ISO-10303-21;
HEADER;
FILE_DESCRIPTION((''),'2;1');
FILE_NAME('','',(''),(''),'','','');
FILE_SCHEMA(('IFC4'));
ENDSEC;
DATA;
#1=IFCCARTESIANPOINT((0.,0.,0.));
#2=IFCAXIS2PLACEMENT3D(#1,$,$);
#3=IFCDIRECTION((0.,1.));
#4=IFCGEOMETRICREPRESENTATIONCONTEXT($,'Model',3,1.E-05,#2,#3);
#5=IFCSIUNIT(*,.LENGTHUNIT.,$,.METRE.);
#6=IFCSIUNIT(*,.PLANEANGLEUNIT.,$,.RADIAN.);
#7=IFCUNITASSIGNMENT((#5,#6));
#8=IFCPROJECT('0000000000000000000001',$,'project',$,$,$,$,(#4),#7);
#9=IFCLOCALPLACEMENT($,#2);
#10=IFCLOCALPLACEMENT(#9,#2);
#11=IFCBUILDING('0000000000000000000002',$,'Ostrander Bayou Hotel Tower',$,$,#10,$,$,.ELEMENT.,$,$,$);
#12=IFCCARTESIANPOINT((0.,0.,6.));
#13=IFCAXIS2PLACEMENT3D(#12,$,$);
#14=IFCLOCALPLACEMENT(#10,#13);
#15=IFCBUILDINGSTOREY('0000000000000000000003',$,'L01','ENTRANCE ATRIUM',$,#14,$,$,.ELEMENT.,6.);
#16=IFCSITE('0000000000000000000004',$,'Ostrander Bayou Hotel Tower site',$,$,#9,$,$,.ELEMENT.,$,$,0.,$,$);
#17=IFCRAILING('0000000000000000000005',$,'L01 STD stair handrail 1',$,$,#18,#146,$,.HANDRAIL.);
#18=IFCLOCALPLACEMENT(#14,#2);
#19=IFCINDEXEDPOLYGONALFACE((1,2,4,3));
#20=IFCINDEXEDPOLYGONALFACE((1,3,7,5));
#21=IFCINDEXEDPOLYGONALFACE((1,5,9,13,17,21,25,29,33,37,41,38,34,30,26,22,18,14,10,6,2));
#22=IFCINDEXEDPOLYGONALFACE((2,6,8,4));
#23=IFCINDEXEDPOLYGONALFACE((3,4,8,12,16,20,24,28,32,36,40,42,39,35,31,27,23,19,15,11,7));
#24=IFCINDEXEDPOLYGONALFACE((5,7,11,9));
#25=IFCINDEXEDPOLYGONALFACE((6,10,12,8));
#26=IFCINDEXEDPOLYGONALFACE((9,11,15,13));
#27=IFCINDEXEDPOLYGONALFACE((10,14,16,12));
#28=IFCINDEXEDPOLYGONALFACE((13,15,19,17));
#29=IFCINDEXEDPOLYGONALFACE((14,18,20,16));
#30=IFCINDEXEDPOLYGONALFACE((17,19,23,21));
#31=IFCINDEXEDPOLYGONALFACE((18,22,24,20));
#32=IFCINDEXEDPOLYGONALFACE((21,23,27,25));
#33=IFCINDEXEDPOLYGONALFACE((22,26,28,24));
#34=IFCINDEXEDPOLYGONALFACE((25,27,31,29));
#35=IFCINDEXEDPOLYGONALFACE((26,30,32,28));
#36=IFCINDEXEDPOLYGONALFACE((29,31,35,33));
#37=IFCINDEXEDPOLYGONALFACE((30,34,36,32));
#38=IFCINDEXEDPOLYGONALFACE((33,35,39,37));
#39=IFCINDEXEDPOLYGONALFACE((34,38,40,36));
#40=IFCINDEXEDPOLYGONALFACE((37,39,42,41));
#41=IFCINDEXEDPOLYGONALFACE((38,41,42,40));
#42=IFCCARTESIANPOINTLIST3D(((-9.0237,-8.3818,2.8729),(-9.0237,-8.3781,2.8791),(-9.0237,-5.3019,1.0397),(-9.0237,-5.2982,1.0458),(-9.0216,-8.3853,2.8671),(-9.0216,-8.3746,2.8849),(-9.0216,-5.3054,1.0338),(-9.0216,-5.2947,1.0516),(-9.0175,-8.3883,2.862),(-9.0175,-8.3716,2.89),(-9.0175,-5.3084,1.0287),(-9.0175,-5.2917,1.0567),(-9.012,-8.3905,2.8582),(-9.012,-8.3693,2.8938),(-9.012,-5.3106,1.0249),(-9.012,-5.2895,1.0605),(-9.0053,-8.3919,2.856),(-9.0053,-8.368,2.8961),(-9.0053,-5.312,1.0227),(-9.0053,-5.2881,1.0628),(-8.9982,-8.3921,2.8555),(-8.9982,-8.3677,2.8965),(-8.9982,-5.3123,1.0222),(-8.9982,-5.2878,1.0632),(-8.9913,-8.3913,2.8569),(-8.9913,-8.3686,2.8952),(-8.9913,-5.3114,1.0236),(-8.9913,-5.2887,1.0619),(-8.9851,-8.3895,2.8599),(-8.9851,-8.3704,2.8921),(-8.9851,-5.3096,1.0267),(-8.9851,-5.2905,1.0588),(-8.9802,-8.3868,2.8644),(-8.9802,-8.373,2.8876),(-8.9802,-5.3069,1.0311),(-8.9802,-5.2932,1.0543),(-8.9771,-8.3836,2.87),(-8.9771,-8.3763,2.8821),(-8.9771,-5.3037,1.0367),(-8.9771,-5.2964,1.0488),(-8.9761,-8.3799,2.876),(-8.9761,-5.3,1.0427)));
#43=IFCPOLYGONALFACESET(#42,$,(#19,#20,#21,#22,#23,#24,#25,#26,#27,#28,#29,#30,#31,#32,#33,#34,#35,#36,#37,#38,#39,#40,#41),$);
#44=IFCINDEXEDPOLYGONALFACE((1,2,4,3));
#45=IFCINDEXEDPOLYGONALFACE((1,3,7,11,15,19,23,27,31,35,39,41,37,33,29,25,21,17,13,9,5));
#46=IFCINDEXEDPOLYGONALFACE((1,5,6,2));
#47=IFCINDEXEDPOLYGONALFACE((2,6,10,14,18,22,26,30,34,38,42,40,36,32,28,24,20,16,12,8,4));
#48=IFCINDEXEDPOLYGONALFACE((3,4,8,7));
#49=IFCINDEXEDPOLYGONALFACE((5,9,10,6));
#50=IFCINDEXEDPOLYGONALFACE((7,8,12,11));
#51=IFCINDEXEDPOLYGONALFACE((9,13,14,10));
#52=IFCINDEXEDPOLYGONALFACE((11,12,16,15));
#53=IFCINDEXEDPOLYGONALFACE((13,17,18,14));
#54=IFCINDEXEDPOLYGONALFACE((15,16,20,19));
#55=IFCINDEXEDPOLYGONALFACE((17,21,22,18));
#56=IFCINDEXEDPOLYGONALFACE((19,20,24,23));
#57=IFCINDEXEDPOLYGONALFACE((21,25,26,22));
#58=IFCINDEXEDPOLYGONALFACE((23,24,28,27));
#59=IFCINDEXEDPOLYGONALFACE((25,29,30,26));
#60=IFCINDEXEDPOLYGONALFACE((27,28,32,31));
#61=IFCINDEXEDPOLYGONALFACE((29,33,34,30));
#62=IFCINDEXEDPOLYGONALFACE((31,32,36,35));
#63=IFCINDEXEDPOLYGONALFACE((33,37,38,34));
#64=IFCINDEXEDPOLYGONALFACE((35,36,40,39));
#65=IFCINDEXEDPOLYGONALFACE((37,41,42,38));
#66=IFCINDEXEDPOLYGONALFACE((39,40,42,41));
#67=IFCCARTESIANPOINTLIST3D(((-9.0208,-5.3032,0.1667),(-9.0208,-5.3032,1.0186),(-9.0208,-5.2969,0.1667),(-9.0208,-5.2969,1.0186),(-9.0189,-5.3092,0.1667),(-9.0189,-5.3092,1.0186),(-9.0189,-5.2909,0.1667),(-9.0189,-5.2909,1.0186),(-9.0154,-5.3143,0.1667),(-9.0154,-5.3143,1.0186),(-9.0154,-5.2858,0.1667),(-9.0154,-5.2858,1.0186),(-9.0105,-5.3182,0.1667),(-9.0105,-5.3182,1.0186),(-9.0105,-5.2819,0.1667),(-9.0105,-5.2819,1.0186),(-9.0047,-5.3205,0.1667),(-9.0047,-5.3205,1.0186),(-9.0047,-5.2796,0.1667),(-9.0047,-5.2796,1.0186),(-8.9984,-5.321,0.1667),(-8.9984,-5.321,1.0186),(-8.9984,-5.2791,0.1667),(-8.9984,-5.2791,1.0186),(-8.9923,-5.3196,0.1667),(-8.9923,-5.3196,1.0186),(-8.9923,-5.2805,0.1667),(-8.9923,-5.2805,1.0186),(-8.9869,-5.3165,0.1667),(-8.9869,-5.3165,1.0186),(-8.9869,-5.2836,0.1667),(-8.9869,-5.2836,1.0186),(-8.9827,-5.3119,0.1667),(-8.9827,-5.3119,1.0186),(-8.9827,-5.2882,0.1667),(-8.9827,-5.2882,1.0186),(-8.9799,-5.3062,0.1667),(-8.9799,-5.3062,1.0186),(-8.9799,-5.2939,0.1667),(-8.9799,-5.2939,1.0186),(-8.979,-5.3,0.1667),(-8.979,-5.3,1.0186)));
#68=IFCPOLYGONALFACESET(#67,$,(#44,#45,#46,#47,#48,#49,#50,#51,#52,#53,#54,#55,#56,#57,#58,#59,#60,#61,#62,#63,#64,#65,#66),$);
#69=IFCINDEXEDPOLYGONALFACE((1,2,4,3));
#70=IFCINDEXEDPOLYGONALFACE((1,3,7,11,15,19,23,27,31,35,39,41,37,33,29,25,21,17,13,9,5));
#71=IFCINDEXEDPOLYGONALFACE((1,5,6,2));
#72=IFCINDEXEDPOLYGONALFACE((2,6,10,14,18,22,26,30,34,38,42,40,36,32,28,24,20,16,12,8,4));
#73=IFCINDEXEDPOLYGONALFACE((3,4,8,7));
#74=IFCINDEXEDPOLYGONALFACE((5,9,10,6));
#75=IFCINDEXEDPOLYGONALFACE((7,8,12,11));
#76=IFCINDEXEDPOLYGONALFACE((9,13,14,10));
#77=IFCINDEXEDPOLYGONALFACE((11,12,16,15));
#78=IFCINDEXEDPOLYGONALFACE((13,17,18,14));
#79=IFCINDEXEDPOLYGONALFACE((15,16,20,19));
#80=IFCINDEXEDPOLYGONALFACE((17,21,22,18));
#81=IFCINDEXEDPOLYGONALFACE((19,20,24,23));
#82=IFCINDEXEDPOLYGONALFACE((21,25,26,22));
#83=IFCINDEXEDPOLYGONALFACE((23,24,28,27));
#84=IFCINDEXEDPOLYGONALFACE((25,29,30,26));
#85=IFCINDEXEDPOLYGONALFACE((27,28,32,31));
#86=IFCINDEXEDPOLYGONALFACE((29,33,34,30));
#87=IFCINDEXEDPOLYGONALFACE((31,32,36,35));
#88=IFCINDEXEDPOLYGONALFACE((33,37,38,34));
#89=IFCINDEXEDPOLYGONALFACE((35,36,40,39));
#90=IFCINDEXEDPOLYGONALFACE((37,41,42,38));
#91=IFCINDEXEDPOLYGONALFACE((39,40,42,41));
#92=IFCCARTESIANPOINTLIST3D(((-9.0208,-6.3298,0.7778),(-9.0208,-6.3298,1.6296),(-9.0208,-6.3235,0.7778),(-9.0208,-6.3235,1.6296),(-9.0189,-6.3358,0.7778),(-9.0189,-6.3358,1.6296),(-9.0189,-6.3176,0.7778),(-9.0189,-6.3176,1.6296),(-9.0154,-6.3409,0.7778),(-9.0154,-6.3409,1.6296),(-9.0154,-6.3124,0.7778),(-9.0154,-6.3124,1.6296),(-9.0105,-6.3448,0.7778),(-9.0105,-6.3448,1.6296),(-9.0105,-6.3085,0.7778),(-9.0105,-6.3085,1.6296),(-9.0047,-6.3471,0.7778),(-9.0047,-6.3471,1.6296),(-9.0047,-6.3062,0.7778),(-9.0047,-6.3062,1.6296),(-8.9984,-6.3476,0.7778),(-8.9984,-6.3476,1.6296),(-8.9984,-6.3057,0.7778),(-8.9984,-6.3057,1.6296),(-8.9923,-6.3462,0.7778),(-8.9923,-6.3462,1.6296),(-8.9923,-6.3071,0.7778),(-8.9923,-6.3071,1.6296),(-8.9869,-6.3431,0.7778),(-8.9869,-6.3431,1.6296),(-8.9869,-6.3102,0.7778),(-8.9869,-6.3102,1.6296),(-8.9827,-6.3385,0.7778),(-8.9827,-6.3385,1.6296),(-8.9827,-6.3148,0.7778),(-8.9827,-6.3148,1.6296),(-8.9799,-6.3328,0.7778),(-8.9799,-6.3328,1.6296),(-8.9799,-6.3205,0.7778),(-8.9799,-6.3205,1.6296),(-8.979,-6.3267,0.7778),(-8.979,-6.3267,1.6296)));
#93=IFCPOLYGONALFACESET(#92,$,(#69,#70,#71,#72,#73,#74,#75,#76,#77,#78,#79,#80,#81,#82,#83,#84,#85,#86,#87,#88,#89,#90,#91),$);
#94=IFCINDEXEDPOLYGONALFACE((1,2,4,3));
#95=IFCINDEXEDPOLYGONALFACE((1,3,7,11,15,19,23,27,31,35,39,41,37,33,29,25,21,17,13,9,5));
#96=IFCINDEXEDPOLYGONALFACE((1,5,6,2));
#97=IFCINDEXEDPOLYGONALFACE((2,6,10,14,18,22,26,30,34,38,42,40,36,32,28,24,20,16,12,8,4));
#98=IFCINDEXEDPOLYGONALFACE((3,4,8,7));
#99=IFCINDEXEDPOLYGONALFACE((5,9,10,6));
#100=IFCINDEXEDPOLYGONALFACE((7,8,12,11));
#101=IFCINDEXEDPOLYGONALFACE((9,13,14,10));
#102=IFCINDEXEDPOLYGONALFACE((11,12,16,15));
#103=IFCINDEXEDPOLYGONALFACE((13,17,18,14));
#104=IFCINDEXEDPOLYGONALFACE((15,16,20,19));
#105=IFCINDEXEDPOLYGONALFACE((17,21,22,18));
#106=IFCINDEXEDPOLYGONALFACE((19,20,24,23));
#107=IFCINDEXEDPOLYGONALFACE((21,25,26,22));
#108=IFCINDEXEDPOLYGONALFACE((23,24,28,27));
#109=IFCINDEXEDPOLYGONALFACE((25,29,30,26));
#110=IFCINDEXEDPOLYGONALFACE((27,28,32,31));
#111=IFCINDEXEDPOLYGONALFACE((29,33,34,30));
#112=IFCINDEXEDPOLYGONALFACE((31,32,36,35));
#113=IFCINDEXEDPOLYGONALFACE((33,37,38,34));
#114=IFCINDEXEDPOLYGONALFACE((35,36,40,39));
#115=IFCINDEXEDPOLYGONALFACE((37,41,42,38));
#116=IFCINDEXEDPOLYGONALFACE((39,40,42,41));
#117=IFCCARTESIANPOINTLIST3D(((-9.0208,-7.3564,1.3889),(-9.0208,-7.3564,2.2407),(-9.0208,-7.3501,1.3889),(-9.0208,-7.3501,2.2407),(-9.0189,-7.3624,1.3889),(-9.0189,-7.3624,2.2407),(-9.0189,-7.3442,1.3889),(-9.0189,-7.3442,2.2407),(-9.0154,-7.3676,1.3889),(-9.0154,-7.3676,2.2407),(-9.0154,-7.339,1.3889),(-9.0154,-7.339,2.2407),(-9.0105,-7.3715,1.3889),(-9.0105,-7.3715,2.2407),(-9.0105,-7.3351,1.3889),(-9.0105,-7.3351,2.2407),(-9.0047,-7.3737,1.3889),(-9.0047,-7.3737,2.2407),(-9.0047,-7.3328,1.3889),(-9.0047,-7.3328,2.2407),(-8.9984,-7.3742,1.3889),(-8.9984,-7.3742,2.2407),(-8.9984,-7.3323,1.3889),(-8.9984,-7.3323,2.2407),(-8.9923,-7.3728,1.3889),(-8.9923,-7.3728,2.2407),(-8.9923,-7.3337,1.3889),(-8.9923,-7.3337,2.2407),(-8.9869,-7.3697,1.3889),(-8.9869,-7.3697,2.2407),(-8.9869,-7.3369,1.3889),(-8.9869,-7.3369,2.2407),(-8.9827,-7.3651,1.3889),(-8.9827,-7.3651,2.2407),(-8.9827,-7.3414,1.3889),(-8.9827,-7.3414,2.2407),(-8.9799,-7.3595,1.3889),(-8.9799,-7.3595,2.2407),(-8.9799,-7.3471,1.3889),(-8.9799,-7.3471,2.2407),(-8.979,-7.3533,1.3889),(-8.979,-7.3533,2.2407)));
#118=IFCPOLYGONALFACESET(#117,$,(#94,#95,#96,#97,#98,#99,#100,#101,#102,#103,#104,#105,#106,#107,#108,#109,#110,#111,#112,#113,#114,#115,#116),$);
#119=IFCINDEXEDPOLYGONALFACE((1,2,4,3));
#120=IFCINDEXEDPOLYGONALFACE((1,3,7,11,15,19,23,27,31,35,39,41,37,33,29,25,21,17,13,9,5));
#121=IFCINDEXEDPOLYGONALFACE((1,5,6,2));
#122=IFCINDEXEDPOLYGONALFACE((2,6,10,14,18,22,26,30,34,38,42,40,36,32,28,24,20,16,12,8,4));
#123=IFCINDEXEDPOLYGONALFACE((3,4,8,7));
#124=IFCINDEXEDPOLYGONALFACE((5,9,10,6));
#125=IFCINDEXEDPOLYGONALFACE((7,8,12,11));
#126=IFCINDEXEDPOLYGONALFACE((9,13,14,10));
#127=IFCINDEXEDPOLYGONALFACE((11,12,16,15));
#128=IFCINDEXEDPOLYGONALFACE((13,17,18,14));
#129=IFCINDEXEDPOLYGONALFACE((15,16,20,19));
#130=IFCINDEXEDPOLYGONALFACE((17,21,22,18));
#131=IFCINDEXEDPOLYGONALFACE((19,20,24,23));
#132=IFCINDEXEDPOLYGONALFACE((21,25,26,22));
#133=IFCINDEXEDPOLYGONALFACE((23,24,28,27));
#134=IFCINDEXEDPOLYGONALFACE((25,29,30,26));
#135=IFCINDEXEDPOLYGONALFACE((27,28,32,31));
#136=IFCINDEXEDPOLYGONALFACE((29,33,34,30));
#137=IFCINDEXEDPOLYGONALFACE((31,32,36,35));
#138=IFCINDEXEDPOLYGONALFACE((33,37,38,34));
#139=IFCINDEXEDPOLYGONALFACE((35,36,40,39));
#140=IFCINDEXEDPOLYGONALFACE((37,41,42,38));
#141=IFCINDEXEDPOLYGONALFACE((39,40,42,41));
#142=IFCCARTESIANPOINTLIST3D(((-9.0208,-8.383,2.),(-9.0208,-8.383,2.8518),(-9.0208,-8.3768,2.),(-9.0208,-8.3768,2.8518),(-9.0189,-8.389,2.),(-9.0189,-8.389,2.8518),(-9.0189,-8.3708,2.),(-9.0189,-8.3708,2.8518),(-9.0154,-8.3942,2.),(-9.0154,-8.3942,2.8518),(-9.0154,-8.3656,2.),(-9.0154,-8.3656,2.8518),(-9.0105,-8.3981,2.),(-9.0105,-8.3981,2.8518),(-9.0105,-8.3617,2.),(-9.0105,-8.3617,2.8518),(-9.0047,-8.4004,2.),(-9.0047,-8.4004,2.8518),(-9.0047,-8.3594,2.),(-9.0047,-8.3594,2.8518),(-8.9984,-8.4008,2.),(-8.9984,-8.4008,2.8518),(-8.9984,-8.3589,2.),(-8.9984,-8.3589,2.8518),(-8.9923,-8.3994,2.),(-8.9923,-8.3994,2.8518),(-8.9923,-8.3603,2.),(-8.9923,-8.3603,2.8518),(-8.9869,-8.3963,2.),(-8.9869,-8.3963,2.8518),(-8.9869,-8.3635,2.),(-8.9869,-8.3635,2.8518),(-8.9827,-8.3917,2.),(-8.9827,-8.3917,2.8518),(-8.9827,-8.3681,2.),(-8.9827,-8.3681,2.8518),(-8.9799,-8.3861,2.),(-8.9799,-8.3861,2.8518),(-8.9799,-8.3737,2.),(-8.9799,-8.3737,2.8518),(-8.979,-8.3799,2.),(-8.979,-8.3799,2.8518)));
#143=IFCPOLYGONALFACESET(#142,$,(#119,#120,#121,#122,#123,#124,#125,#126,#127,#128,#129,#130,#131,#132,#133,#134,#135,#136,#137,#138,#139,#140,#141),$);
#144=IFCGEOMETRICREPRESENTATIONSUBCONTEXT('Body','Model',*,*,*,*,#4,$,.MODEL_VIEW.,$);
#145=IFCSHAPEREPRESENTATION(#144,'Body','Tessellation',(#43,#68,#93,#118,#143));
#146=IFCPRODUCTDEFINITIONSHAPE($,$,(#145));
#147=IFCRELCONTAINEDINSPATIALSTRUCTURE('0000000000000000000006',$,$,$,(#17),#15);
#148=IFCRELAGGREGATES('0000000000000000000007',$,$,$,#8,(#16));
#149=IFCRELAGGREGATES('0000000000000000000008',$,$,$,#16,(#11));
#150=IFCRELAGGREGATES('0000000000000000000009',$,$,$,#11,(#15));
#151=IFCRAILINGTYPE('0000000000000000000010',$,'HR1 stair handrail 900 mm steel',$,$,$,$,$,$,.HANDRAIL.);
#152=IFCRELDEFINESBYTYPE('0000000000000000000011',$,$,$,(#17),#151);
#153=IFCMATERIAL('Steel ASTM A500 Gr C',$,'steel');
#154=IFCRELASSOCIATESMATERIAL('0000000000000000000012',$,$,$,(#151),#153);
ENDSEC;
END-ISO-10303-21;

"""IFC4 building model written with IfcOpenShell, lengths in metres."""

from ifc_helpers import new_model, si_unit, direction, frame, origin, origin_2d, place, context, subcontext, project, spatial, circle, extrude, material, type_object, element, save


model = new_model("IFC4")

# Units and contexts
model_context = context("Model", 3, precision=1e-05, world=origin(), true_north=direction((0.0, 1.0)))
body_context = subcontext(model_context, "Body", "Model", "MODEL_VIEW")
ifc_project = project(units=[si_unit("LENGTHUNIT", "METRE"), si_unit("PLANEANGLEUNIT", "RADIAN")], contexts=[model_context])

# Site, building, storey
site_placement = place(None, origin())
site = spatial("IfcSite", under=ifc_project, at=site_placement, Name="Ostrander Bayou Hotel Tower site", CompositionType="ELEMENT", RefElevation=0.0)
building_placement = place(site_placement, origin())
building = spatial("IfcBuilding", under=site, at=building_placement, Name="Ostrander Bayou Hotel Tower", CompositionType="ELEMENT")
storey_placement = place(building_placement, frame((0.0, 0.0, 6.0)))
storey = spatial("IfcBuildingStorey", under=building, at=storey_placement, Name="L01", Description="ENTRANCE ATRIUM", CompositionType="ELEMENT", Elevation=6.0)

# Railing
ifc_material_1 = material(Name="Steel ASTM A500 Gr C", Category="steel")
railing_type_1 = type_object("IfcRailingType", Name="HR1 stair handrail 900 mm steel", PredefinedType="HANDRAIL", material=ifc_material_1)
railing_1_placement = place(storey_placement, frame((-9.0, -5.3, 0.1667)))
element("IfcRailing", 1, at=railing_1_placement, inside=storey, type_object=railing_type_1, Name="L01 STD stair handrail 1", PredefinedType="HANDRAIL", context=body_context, shape_type="SweptSolid", body=[
    extrude(circle(Radius=0.0239, at=origin_2d()), frame((0.0, 0.0, 0.876), z_axis=(0.0, -0.859291, 0.511487), x_axis=(1.0, 0.0, 0.0)), (0.0, 0.0, 1.0), 3.5842),
    extrude(circle(Radius=0.021, at=origin_2d()), origin(), (0.0, 0.0, 1.0), 0.8518),
    extrude(circle(Radius=0.021, at=origin_2d()), frame((0.0, -1.0266, 0.6111)), (0.0, 0.0, 1.0), 0.8518),
    extrude(circle(Radius=0.021, at=origin_2d()), frame((0.0, -2.0532, 1.2222)), (0.0, 0.0, 1.0), 0.8518),
    extrude(circle(Radius=0.021, at=origin_2d()), frame((0.0, -3.0798, 1.8333)), (0.0, 0.0, 1.0), 0.8518),
])

save(model, "model.ifc")
